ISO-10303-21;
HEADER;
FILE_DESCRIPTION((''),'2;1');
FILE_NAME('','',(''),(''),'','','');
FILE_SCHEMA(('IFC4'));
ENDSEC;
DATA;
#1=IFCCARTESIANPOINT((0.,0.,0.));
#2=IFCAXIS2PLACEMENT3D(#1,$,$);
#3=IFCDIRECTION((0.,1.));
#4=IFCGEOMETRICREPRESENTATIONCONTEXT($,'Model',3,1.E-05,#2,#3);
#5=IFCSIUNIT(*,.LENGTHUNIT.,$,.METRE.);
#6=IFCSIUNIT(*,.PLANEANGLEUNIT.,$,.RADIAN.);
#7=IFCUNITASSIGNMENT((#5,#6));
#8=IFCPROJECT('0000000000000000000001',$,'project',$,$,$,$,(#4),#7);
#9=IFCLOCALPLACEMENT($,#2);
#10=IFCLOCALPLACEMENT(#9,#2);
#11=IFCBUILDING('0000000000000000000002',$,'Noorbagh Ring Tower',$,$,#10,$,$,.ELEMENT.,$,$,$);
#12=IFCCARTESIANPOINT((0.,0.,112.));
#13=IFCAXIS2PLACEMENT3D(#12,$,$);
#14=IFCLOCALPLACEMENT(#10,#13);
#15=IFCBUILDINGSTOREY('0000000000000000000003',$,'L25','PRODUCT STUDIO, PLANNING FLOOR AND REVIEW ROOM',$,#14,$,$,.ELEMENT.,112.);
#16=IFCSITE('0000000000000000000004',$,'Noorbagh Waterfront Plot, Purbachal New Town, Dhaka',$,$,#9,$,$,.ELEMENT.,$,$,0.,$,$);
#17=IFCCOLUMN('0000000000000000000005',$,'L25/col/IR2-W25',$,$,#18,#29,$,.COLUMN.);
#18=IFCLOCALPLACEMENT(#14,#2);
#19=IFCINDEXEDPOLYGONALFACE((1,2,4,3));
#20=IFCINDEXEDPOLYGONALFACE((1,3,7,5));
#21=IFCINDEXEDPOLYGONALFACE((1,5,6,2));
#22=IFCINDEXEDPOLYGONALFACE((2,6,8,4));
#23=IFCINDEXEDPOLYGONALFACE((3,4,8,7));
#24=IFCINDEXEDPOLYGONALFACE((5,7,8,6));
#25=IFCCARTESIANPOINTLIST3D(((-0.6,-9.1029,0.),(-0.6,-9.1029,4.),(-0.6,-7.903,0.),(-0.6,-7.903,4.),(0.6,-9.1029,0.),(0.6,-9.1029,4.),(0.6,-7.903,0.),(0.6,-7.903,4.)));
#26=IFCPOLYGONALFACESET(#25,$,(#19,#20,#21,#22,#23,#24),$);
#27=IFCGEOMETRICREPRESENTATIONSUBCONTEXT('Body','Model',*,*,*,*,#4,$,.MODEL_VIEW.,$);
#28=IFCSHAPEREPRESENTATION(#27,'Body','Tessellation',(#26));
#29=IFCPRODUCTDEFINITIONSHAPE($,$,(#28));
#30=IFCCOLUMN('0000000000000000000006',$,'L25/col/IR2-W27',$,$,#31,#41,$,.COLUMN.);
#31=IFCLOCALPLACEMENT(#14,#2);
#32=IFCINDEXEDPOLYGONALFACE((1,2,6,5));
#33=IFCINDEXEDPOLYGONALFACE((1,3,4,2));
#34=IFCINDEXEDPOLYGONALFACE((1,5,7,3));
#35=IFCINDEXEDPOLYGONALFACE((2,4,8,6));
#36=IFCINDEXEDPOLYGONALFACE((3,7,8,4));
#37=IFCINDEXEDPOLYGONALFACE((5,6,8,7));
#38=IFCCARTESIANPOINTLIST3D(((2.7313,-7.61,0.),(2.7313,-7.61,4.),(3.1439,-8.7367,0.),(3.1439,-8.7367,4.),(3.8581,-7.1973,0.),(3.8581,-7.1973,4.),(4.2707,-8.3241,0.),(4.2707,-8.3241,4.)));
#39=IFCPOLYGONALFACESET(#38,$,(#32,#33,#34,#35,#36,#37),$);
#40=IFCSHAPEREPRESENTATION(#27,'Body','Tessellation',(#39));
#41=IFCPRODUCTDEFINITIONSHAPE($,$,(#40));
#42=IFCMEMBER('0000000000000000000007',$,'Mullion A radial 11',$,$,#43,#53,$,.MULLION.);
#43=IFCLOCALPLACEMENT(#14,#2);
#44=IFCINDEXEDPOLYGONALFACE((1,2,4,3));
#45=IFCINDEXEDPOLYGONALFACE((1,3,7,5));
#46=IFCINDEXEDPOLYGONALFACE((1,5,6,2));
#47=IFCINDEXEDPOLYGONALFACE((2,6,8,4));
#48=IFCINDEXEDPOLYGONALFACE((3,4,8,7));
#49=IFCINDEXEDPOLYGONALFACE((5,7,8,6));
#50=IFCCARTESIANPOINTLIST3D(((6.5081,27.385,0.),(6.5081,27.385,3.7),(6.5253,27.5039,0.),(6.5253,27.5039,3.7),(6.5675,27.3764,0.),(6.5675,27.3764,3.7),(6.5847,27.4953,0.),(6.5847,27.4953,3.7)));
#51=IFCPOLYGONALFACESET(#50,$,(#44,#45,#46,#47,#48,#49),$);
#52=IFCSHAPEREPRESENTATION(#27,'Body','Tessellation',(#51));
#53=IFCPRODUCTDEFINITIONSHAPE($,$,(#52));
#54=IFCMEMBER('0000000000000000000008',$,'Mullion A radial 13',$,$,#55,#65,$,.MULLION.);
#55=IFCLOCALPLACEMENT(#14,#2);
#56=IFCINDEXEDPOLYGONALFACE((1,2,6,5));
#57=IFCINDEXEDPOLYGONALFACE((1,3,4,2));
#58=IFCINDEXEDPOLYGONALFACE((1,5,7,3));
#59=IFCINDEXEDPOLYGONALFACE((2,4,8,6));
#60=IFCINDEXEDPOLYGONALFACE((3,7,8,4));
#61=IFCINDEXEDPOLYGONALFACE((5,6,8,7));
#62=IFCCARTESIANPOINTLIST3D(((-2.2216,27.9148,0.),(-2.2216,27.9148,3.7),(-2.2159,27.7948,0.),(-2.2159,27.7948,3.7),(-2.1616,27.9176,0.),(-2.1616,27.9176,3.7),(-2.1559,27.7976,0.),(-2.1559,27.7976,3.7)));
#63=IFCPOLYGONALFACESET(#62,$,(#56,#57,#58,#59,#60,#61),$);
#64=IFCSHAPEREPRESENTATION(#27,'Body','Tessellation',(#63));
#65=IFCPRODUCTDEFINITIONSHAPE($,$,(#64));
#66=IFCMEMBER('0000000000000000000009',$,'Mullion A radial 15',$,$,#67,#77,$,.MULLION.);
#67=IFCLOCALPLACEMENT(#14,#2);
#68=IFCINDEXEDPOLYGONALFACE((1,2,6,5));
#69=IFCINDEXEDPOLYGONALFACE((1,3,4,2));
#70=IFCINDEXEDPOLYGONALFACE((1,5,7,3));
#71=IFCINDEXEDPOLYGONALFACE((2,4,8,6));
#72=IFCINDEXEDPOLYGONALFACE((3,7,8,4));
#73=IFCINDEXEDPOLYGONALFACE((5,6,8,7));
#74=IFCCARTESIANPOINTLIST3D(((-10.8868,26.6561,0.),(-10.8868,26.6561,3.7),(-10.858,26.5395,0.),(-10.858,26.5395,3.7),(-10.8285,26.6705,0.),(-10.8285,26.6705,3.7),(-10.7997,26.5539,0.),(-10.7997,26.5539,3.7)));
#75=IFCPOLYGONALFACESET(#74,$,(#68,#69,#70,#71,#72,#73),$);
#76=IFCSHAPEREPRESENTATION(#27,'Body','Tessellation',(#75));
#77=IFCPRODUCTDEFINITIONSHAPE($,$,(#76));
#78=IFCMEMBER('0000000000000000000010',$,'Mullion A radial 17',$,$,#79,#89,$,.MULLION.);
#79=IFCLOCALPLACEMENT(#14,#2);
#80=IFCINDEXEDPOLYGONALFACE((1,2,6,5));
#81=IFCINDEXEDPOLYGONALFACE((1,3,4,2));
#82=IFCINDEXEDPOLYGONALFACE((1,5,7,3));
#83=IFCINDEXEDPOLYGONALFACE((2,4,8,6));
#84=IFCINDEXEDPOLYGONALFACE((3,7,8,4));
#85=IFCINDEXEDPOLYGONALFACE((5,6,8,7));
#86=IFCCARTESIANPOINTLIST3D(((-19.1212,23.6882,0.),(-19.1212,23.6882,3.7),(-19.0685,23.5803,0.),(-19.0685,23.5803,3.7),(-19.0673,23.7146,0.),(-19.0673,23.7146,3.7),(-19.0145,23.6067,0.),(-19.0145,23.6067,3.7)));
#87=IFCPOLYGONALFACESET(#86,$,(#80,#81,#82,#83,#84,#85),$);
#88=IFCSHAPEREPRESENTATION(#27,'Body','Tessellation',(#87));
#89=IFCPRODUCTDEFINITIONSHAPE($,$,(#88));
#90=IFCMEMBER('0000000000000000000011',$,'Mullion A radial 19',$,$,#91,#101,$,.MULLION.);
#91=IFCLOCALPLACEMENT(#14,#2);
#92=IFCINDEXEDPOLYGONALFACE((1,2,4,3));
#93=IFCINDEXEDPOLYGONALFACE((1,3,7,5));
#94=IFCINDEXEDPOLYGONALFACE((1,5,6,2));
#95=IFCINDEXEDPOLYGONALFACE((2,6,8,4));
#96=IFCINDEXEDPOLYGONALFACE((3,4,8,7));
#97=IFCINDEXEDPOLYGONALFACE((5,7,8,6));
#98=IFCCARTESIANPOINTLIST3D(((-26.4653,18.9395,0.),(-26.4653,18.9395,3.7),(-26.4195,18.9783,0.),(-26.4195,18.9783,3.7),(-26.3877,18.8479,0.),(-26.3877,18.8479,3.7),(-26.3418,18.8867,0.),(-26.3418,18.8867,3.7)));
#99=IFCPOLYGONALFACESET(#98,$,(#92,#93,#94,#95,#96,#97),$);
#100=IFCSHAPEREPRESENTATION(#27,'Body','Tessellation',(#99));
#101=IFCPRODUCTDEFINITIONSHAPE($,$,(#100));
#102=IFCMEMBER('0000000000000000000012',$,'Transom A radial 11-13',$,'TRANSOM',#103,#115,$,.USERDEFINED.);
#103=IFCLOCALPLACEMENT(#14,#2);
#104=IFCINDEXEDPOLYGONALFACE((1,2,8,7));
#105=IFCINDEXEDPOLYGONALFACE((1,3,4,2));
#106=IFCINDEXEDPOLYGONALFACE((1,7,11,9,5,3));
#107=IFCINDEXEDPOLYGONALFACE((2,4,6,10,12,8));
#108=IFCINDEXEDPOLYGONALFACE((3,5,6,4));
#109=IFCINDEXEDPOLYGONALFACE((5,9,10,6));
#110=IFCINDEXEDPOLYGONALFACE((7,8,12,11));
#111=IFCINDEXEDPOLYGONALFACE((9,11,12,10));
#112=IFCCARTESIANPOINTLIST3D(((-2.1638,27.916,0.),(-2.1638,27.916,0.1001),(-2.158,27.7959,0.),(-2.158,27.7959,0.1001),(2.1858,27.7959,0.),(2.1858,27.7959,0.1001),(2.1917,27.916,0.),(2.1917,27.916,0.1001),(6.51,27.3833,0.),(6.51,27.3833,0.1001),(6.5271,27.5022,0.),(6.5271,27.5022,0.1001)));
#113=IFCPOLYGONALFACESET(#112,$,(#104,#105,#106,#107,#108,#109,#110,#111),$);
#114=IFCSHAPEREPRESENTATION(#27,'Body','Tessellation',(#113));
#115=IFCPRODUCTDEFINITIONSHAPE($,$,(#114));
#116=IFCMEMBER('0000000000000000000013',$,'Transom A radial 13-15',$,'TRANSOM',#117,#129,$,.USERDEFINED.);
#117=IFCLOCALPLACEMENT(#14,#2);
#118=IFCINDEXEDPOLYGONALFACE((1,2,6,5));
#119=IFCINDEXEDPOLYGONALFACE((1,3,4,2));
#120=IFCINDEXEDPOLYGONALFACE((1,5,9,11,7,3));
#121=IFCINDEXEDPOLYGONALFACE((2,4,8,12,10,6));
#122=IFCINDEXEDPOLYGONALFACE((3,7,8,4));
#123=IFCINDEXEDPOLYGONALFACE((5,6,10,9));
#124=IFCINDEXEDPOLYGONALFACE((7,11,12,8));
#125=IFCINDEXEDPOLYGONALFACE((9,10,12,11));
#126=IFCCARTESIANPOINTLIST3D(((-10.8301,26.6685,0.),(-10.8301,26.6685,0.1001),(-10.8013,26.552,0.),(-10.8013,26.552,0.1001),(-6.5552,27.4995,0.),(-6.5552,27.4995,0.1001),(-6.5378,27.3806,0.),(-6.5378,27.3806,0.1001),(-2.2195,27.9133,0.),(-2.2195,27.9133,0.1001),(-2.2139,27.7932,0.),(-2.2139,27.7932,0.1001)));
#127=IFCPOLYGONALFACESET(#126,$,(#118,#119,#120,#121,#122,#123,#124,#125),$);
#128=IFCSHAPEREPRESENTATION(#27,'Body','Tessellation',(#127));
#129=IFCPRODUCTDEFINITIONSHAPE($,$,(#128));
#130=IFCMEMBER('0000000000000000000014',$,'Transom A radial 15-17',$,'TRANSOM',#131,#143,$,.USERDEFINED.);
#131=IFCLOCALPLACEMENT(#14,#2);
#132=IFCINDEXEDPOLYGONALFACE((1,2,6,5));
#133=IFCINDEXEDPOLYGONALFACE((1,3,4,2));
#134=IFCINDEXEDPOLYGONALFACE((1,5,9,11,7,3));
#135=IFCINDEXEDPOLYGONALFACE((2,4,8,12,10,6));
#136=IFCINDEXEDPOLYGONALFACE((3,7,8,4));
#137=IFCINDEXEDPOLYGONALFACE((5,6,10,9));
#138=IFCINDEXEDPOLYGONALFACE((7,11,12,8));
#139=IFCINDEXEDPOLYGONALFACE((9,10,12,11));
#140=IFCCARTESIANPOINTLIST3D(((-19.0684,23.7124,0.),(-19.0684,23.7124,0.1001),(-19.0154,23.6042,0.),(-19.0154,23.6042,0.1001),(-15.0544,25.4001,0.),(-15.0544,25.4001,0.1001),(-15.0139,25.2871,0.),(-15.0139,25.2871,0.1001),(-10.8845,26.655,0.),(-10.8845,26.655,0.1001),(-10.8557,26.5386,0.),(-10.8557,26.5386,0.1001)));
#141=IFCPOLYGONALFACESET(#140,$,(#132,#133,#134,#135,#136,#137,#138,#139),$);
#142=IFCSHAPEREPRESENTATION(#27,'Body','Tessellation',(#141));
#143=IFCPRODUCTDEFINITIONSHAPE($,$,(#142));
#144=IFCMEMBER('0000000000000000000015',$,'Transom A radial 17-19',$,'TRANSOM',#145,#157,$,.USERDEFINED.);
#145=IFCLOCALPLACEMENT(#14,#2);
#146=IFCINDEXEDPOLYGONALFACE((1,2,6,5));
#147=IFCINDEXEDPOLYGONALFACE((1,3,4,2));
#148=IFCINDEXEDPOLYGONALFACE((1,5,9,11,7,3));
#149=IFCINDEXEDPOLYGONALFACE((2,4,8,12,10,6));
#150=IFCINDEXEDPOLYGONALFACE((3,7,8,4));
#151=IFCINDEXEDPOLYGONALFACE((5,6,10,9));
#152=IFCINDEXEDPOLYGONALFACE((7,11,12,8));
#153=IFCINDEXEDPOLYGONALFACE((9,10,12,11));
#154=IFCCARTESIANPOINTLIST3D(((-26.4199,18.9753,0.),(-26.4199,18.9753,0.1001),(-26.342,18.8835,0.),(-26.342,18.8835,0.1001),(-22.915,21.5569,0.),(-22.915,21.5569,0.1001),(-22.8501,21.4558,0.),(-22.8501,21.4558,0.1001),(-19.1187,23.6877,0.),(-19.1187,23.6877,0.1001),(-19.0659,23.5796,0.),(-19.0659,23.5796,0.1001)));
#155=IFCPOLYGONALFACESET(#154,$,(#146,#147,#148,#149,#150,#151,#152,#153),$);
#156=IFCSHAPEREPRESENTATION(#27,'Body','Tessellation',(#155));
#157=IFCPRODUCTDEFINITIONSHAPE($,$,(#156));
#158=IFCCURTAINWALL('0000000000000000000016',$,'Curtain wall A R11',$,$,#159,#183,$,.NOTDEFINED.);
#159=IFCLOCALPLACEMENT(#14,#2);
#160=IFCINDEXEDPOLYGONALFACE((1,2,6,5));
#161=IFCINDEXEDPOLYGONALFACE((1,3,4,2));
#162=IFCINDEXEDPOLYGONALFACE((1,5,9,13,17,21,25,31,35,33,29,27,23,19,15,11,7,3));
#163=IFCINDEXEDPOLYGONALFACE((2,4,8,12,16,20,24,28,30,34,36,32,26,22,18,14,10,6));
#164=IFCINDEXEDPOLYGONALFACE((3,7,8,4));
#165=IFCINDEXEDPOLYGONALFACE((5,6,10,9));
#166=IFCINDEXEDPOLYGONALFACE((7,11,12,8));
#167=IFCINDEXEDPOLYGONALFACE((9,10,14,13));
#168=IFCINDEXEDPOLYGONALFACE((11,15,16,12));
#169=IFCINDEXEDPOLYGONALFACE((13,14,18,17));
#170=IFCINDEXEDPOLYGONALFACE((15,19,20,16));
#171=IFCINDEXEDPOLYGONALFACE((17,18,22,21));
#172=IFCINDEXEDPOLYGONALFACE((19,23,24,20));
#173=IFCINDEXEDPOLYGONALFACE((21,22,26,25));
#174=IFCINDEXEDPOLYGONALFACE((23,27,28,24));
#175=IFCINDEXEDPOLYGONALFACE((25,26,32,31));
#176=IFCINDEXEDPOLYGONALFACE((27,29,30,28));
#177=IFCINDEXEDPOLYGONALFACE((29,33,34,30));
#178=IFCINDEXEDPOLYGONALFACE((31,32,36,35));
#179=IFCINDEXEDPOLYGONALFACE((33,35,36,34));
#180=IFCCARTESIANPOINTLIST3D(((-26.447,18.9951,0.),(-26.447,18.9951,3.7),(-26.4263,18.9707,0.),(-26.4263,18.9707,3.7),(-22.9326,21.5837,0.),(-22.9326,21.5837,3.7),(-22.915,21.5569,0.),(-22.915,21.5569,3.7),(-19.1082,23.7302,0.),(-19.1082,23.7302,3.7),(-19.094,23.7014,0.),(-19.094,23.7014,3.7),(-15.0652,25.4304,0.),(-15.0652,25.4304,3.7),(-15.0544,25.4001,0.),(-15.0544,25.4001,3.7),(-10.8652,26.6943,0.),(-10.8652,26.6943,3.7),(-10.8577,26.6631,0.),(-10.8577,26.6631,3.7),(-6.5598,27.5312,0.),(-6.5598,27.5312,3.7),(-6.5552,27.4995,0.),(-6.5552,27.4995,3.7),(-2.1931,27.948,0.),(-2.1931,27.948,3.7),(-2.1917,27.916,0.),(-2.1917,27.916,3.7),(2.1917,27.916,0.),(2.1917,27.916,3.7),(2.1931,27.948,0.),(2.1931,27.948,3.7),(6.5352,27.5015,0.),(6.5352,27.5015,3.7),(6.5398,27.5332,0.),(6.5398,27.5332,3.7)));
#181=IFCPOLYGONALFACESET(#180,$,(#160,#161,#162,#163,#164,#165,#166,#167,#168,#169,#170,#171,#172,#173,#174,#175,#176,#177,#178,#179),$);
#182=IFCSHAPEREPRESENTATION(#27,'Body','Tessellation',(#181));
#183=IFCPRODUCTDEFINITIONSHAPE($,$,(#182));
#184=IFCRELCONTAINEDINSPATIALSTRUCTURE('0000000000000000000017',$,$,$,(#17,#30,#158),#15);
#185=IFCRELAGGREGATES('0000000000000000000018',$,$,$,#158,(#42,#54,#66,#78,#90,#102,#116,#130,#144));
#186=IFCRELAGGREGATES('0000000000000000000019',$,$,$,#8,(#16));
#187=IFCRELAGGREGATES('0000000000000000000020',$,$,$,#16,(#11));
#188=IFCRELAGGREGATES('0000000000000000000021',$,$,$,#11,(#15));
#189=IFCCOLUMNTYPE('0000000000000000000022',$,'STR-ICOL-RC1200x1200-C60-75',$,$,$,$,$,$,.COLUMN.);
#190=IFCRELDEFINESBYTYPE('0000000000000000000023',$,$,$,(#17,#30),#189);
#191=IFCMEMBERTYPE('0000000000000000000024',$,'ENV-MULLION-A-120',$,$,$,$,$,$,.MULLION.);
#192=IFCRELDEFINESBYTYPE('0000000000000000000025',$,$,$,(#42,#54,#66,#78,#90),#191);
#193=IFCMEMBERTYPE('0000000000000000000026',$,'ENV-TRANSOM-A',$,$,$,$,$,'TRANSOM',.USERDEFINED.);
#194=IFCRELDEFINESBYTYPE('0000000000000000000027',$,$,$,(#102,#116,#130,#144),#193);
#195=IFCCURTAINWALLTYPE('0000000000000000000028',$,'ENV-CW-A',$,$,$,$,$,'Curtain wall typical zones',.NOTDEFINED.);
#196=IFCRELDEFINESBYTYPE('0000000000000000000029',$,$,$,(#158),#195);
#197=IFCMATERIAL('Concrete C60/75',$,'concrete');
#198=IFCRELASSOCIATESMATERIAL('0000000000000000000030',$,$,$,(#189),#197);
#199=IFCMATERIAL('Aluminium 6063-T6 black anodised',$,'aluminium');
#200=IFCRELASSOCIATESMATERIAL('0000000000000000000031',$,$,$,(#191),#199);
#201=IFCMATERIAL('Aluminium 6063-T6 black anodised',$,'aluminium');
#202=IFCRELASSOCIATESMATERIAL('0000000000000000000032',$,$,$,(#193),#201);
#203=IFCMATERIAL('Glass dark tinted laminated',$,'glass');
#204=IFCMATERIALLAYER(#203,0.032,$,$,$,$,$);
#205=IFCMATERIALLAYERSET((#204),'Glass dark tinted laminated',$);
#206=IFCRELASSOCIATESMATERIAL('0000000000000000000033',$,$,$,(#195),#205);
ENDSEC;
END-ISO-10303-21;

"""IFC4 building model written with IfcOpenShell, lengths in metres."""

from ifc_helpers import new_model, si_unit, direction, frame, origin, origin_2d, place, context, subcontext, project, spatial, polyline, rectangle, outline, extrude, material, layer, layer_set, material_profile, profile_set, type_object, element, aggregate, save


model = new_model("IFC4")

# Units and contexts
model_context = context("Model", 3, precision=1e-05, world=origin(), true_north=direction((0.0, 1.0)))
body_context = subcontext(model_context, "Body", "Model", "MODEL_VIEW")
ifc_project = project(units=[si_unit("LENGTHUNIT", "METRE"), si_unit("PLANEANGLEUNIT", "RADIAN")], contexts=[model_context])

# Site, building, storey
site_placement = place(None, origin())
site = spatial("IfcSite", under=ifc_project, at=site_placement, Name="Noorbagh Waterfront Plot, Purbachal New Town, Dhaka", CompositionType="ELEMENT", RefElevation=0.0)
building_placement = place(site_placement, origin())
building = spatial("IfcBuilding", under=site, at=building_placement, Name="Noorbagh Ring Tower", CompositionType="ELEMENT")
storey_placement = place(building_placement, frame((0.0, 0.0, 112.0)))
storey = spatial("IfcBuildingStorey", under=building, at=storey_placement, Name="L25", Description="PRODUCT STUDIO, PLANNING FLOOR AND REVIEW ROOM", CompositionType="ELEMENT", Elevation=112.0)

# Columns
ifc_material_1 = material(Name="Concrete C60/75", Category="concrete")
ifc_material_profile_1 = material_profile(ifc_material_1, rectangle(XDim=1.2, YDim=1.2, at=origin_2d()), Name="RC1200x1200")
ifc_profile_set_1 = profile_set([ifc_material_profile_1], Name="Concrete C60/75")
column_type = type_object("IfcColumnType", Name="STR-ICOL-RC1200x1200-C60-75", PredefinedType="COLUMN", material=ifc_profile_set_1)
for number, where, z_axis, x_axis, name in (
    (1, (0.0, -8.5029, 0.0), (0.0, 0.0, 1.0), (1.0, 0.0, 0.0), "L25/col/IR2-W25"),
    (2, (3.501, -7.967, 0.0), (0.0, 0.0, 1.0), (0.93902, 0.343864, 0.0), "L25/col/IR2-W27"),
):
    element("IfcColumn", number, at=place(storey_placement, frame(where, z_axis=z_axis, x_axis=x_axis)), inside=storey, type_object=column_type, Name=name, PredefinedType="COLUMN", context=body_context, shape_type="SweptSolid", body=[
        extrude(rectangle(XDim=1.2, YDim=1.2, at=origin_2d()), origin(), (0.0, 0.0, 1.0), 4.0),
    ])

# Members
ifc_material_2 = material(Name="Aluminium 6063-T6 black anodised", Category="aluminium")
ifc_material_profile_2 = material_profile(ifc_material_2, rectangle(XDim=0.1201, YDim=0.0601, at=origin_2d()), Name="120x60")
ifc_profile_set_2 = profile_set([ifc_material_profile_2], Name="Aluminium 6063-T6 black anodised")
member_type_1 = type_object("IfcMemberType", Name="ENV-MULLION-A-120", PredefinedType="MULLION", material=ifc_profile_set_2)
member_1_placement = place(storey_placement, frame((6.5464, 27.4402, 0.0), z_axis=(0.0, 0.0, 1.0), x_axis=(-0.143082, -0.989711, 0.0)))
member_1 = element("IfcMember", 3, at=member_1_placement, type_object=member_type_1, Name="Mullion A radial 11", PredefinedType="MULLION", context=body_context, shape_type="SweptSolid", body=[
    extrude(rectangle(XDim=0.1201, YDim=0.0601, at=origin_2d()), origin(), (0.0, 0.0, 1.0), 3.7),
])
member_2_placement = place(storey_placement, frame((-2.1887, 27.8562, 0.0), z_axis=(0.0, 0.0, 1.0), x_axis=(0.047558, -0.998868, 0.0)))
member_2 = element("IfcMember", 4, at=member_2_placement, type_object=member_type_1, Name="Mullion A radial 13", PredefinedType="MULLION", context=body_context, shape_type="SweptSolid", body=[
    extrude(rectangle(XDim=0.1201, YDim=0.0601, at=origin_2d()), origin(), (0.0, 0.0, 1.0), 3.7),
])
member_3_placement = place(storey_placement, frame((-10.8433, 26.605, 0.0), z_axis=(0.0, 0.0, 1.0), x_axis=(0.239799, -0.970823, 0.0)))
member_3 = element("IfcMember", 5, at=member_3_placement, type_object=member_type_1, Name="Mullion A radial 15", PredefinedType="MULLION", context=body_context, shape_type="SweptSolid", body=[
    extrude(rectangle(XDim=0.1201, YDim=0.0601, at=origin_2d()), origin(), (0.0, 0.0, 1.0), 3.7),
])
member_4_placement = place(storey_placement, frame((-19.0679, 23.6475, 0.0), z_axis=(0.0, 0.0, 1.0), x_axis=(0.439238, -0.898371, 0.0)))
member_4 = element("IfcMember", 6, at=member_4_placement, type_object=member_type_1, Name="Mullion A radial 17", PredefinedType="MULLION", context=body_context, shape_type="SweptSolid", body=[
    extrude(rectangle(XDim=0.1201, YDim=0.0601, at=origin_2d()), origin(), (0.0, 0.0, 1.0), 3.7),
])
member_5_placement = place(storey_placement, frame((-26.4036, 18.9131, 0.0), z_axis=(0.0, 0.0, 1.0), x_axis=(0.646451, -0.762955, 0.0)))
member_5 = element("IfcMember", 7, at=member_5_placement, type_object=member_type_1, Name="Mullion A radial 19", PredefinedType="MULLION", context=body_context, shape_type="SweptSolid", body=[
    extrude(rectangle(XDim=0.1201, YDim=0.0601, at=origin_2d()), origin(), (0.0, 0.0, 1.0), 3.7),
])
ifc_material_3 = material(Name="Aluminium 6063-T6 black anodised", Category="aluminium")
member_type_2 = type_object("IfcMemberType", Name="ENV-TRANSOM-A", ElementType="TRANSOM", PredefinedType="USERDEFINED", material=ifc_material_3)
member_6_placement = place(storey_placement, origin())
member_6 = element("IfcMember", 8, at=member_6_placement, type_object=member_type_2, Name="Transom A radial 11-13", ObjectType="TRANSOM", PredefinedType="USERDEFINED", context=body_context, shape_type="SweptSolid", body=[
    extrude(outline(polyline([(6.5271, 27.5022), (2.1917, 27.916), (-2.1638, 27.916), (-2.158, 27.7959), (2.1858, 27.7959), (6.51, 27.3833), (6.5271, 27.5022)])), origin(), (0.0, 0.0, 1.0), 0.1001),
])
member_7_placement = place(storey_placement, origin())
member_7 = element("IfcMember", 9, at=member_7_placement, type_object=member_type_2, Name="Transom A radial 13-15", ObjectType="TRANSOM", PredefinedType="USERDEFINED", context=body_context, shape_type="SweptSolid", body=[
    extrude(outline(polyline([(-2.2195, 27.9133), (-6.5552, 27.4995), (-10.8301, 26.6685), (-10.8013, 26.552), (-6.5378, 27.3806), (-2.2139, 27.7932), (-2.2195, 27.9133)])), origin(), (0.0, 0.0, 1.0), 0.1001),
])
member_8_placement = place(storey_placement, origin())
member_8 = element("IfcMember", 10, at=member_8_placement, type_object=member_type_2, Name="Transom A radial 15-17", ObjectType="TRANSOM", PredefinedType="USERDEFINED", context=body_context, shape_type="SweptSolid", body=[
    extrude(outline(polyline([(-10.8845, 26.655), (-15.0544, 25.4001), (-19.0684, 23.7124), (-19.0154, 23.6042), (-15.0139, 25.2871), (-10.8557, 26.5386), (-10.8845, 26.655)])), origin(), (0.0, 0.0, 1.0), 0.1001),
])
member_9_placement = place(storey_placement, origin())
member_9 = element("IfcMember", 11, at=member_9_placement, type_object=member_type_2, Name="Transom A radial 17-19", ObjectType="TRANSOM", PredefinedType="USERDEFINED", context=body_context, shape_type="SweptSolid", body=[
    extrude(outline(polyline([(-19.1187, 23.6877), (-22.915, 21.5569), (-26.4199, 18.9753), (-26.342, 18.8835), (-22.8501, 21.4558), (-19.0659, 23.5796), (-19.1187, 23.6877)])), origin(), (0.0, 0.0, 1.0), 0.1001),
])

# Curtain wall
ifc_material_4 = material(Name="Glass dark tinted laminated", Category="glass")
ifc_layer_1 = layer(ifc_material_4, 0.032)
ifc_layer_set_1 = layer_set([ifc_layer_1], Name="Glass dark tinted laminated")
curtain_wall_type = type_object("IfcCurtainWallType", Name="ENV-CW-A", ElementType="Curtain wall typical zones", PredefinedType="NOTDEFINED", material=ifc_layer_set_1)
curtain_wall_1_placement = place(storey_placement, origin())
curtain_wall_1 = element("IfcCurtainWall", 12, at=curtain_wall_1_placement, inside=storey, type_object=curtain_wall_type, Name="Curtain wall A R11", PredefinedType="NOTDEFINED", context=body_context, shape_type="SweptSolid", body=[
    extrude(outline(polyline([(6.5398, 27.5332), (2.1931, 27.948), (-2.1931, 27.948), (-6.5598, 27.5312), (-10.8652, 26.6943), (-15.0652, 25.4304), (-19.1082, 23.7302), (-22.9326, 21.5837), (-26.447, 18.9951), (-26.4263, 18.9707), (-22.915, 21.5569), (-19.094, 23.7014), (-15.0544, 25.4001), (-10.8577, 26.6631), (-6.5552, 27.4995), (-2.1917, 27.916), (2.1917, 27.916), (6.5352, 27.5015), (6.5398, 27.5332)])), origin(), (0.0, 0.0, 1.0), 3.7),
])
aggregate(curtain_wall_1, [member_1, member_2, member_3, member_4, member_5, member_6, member_7, member_8, member_9])

save(model, "model.ifc")
